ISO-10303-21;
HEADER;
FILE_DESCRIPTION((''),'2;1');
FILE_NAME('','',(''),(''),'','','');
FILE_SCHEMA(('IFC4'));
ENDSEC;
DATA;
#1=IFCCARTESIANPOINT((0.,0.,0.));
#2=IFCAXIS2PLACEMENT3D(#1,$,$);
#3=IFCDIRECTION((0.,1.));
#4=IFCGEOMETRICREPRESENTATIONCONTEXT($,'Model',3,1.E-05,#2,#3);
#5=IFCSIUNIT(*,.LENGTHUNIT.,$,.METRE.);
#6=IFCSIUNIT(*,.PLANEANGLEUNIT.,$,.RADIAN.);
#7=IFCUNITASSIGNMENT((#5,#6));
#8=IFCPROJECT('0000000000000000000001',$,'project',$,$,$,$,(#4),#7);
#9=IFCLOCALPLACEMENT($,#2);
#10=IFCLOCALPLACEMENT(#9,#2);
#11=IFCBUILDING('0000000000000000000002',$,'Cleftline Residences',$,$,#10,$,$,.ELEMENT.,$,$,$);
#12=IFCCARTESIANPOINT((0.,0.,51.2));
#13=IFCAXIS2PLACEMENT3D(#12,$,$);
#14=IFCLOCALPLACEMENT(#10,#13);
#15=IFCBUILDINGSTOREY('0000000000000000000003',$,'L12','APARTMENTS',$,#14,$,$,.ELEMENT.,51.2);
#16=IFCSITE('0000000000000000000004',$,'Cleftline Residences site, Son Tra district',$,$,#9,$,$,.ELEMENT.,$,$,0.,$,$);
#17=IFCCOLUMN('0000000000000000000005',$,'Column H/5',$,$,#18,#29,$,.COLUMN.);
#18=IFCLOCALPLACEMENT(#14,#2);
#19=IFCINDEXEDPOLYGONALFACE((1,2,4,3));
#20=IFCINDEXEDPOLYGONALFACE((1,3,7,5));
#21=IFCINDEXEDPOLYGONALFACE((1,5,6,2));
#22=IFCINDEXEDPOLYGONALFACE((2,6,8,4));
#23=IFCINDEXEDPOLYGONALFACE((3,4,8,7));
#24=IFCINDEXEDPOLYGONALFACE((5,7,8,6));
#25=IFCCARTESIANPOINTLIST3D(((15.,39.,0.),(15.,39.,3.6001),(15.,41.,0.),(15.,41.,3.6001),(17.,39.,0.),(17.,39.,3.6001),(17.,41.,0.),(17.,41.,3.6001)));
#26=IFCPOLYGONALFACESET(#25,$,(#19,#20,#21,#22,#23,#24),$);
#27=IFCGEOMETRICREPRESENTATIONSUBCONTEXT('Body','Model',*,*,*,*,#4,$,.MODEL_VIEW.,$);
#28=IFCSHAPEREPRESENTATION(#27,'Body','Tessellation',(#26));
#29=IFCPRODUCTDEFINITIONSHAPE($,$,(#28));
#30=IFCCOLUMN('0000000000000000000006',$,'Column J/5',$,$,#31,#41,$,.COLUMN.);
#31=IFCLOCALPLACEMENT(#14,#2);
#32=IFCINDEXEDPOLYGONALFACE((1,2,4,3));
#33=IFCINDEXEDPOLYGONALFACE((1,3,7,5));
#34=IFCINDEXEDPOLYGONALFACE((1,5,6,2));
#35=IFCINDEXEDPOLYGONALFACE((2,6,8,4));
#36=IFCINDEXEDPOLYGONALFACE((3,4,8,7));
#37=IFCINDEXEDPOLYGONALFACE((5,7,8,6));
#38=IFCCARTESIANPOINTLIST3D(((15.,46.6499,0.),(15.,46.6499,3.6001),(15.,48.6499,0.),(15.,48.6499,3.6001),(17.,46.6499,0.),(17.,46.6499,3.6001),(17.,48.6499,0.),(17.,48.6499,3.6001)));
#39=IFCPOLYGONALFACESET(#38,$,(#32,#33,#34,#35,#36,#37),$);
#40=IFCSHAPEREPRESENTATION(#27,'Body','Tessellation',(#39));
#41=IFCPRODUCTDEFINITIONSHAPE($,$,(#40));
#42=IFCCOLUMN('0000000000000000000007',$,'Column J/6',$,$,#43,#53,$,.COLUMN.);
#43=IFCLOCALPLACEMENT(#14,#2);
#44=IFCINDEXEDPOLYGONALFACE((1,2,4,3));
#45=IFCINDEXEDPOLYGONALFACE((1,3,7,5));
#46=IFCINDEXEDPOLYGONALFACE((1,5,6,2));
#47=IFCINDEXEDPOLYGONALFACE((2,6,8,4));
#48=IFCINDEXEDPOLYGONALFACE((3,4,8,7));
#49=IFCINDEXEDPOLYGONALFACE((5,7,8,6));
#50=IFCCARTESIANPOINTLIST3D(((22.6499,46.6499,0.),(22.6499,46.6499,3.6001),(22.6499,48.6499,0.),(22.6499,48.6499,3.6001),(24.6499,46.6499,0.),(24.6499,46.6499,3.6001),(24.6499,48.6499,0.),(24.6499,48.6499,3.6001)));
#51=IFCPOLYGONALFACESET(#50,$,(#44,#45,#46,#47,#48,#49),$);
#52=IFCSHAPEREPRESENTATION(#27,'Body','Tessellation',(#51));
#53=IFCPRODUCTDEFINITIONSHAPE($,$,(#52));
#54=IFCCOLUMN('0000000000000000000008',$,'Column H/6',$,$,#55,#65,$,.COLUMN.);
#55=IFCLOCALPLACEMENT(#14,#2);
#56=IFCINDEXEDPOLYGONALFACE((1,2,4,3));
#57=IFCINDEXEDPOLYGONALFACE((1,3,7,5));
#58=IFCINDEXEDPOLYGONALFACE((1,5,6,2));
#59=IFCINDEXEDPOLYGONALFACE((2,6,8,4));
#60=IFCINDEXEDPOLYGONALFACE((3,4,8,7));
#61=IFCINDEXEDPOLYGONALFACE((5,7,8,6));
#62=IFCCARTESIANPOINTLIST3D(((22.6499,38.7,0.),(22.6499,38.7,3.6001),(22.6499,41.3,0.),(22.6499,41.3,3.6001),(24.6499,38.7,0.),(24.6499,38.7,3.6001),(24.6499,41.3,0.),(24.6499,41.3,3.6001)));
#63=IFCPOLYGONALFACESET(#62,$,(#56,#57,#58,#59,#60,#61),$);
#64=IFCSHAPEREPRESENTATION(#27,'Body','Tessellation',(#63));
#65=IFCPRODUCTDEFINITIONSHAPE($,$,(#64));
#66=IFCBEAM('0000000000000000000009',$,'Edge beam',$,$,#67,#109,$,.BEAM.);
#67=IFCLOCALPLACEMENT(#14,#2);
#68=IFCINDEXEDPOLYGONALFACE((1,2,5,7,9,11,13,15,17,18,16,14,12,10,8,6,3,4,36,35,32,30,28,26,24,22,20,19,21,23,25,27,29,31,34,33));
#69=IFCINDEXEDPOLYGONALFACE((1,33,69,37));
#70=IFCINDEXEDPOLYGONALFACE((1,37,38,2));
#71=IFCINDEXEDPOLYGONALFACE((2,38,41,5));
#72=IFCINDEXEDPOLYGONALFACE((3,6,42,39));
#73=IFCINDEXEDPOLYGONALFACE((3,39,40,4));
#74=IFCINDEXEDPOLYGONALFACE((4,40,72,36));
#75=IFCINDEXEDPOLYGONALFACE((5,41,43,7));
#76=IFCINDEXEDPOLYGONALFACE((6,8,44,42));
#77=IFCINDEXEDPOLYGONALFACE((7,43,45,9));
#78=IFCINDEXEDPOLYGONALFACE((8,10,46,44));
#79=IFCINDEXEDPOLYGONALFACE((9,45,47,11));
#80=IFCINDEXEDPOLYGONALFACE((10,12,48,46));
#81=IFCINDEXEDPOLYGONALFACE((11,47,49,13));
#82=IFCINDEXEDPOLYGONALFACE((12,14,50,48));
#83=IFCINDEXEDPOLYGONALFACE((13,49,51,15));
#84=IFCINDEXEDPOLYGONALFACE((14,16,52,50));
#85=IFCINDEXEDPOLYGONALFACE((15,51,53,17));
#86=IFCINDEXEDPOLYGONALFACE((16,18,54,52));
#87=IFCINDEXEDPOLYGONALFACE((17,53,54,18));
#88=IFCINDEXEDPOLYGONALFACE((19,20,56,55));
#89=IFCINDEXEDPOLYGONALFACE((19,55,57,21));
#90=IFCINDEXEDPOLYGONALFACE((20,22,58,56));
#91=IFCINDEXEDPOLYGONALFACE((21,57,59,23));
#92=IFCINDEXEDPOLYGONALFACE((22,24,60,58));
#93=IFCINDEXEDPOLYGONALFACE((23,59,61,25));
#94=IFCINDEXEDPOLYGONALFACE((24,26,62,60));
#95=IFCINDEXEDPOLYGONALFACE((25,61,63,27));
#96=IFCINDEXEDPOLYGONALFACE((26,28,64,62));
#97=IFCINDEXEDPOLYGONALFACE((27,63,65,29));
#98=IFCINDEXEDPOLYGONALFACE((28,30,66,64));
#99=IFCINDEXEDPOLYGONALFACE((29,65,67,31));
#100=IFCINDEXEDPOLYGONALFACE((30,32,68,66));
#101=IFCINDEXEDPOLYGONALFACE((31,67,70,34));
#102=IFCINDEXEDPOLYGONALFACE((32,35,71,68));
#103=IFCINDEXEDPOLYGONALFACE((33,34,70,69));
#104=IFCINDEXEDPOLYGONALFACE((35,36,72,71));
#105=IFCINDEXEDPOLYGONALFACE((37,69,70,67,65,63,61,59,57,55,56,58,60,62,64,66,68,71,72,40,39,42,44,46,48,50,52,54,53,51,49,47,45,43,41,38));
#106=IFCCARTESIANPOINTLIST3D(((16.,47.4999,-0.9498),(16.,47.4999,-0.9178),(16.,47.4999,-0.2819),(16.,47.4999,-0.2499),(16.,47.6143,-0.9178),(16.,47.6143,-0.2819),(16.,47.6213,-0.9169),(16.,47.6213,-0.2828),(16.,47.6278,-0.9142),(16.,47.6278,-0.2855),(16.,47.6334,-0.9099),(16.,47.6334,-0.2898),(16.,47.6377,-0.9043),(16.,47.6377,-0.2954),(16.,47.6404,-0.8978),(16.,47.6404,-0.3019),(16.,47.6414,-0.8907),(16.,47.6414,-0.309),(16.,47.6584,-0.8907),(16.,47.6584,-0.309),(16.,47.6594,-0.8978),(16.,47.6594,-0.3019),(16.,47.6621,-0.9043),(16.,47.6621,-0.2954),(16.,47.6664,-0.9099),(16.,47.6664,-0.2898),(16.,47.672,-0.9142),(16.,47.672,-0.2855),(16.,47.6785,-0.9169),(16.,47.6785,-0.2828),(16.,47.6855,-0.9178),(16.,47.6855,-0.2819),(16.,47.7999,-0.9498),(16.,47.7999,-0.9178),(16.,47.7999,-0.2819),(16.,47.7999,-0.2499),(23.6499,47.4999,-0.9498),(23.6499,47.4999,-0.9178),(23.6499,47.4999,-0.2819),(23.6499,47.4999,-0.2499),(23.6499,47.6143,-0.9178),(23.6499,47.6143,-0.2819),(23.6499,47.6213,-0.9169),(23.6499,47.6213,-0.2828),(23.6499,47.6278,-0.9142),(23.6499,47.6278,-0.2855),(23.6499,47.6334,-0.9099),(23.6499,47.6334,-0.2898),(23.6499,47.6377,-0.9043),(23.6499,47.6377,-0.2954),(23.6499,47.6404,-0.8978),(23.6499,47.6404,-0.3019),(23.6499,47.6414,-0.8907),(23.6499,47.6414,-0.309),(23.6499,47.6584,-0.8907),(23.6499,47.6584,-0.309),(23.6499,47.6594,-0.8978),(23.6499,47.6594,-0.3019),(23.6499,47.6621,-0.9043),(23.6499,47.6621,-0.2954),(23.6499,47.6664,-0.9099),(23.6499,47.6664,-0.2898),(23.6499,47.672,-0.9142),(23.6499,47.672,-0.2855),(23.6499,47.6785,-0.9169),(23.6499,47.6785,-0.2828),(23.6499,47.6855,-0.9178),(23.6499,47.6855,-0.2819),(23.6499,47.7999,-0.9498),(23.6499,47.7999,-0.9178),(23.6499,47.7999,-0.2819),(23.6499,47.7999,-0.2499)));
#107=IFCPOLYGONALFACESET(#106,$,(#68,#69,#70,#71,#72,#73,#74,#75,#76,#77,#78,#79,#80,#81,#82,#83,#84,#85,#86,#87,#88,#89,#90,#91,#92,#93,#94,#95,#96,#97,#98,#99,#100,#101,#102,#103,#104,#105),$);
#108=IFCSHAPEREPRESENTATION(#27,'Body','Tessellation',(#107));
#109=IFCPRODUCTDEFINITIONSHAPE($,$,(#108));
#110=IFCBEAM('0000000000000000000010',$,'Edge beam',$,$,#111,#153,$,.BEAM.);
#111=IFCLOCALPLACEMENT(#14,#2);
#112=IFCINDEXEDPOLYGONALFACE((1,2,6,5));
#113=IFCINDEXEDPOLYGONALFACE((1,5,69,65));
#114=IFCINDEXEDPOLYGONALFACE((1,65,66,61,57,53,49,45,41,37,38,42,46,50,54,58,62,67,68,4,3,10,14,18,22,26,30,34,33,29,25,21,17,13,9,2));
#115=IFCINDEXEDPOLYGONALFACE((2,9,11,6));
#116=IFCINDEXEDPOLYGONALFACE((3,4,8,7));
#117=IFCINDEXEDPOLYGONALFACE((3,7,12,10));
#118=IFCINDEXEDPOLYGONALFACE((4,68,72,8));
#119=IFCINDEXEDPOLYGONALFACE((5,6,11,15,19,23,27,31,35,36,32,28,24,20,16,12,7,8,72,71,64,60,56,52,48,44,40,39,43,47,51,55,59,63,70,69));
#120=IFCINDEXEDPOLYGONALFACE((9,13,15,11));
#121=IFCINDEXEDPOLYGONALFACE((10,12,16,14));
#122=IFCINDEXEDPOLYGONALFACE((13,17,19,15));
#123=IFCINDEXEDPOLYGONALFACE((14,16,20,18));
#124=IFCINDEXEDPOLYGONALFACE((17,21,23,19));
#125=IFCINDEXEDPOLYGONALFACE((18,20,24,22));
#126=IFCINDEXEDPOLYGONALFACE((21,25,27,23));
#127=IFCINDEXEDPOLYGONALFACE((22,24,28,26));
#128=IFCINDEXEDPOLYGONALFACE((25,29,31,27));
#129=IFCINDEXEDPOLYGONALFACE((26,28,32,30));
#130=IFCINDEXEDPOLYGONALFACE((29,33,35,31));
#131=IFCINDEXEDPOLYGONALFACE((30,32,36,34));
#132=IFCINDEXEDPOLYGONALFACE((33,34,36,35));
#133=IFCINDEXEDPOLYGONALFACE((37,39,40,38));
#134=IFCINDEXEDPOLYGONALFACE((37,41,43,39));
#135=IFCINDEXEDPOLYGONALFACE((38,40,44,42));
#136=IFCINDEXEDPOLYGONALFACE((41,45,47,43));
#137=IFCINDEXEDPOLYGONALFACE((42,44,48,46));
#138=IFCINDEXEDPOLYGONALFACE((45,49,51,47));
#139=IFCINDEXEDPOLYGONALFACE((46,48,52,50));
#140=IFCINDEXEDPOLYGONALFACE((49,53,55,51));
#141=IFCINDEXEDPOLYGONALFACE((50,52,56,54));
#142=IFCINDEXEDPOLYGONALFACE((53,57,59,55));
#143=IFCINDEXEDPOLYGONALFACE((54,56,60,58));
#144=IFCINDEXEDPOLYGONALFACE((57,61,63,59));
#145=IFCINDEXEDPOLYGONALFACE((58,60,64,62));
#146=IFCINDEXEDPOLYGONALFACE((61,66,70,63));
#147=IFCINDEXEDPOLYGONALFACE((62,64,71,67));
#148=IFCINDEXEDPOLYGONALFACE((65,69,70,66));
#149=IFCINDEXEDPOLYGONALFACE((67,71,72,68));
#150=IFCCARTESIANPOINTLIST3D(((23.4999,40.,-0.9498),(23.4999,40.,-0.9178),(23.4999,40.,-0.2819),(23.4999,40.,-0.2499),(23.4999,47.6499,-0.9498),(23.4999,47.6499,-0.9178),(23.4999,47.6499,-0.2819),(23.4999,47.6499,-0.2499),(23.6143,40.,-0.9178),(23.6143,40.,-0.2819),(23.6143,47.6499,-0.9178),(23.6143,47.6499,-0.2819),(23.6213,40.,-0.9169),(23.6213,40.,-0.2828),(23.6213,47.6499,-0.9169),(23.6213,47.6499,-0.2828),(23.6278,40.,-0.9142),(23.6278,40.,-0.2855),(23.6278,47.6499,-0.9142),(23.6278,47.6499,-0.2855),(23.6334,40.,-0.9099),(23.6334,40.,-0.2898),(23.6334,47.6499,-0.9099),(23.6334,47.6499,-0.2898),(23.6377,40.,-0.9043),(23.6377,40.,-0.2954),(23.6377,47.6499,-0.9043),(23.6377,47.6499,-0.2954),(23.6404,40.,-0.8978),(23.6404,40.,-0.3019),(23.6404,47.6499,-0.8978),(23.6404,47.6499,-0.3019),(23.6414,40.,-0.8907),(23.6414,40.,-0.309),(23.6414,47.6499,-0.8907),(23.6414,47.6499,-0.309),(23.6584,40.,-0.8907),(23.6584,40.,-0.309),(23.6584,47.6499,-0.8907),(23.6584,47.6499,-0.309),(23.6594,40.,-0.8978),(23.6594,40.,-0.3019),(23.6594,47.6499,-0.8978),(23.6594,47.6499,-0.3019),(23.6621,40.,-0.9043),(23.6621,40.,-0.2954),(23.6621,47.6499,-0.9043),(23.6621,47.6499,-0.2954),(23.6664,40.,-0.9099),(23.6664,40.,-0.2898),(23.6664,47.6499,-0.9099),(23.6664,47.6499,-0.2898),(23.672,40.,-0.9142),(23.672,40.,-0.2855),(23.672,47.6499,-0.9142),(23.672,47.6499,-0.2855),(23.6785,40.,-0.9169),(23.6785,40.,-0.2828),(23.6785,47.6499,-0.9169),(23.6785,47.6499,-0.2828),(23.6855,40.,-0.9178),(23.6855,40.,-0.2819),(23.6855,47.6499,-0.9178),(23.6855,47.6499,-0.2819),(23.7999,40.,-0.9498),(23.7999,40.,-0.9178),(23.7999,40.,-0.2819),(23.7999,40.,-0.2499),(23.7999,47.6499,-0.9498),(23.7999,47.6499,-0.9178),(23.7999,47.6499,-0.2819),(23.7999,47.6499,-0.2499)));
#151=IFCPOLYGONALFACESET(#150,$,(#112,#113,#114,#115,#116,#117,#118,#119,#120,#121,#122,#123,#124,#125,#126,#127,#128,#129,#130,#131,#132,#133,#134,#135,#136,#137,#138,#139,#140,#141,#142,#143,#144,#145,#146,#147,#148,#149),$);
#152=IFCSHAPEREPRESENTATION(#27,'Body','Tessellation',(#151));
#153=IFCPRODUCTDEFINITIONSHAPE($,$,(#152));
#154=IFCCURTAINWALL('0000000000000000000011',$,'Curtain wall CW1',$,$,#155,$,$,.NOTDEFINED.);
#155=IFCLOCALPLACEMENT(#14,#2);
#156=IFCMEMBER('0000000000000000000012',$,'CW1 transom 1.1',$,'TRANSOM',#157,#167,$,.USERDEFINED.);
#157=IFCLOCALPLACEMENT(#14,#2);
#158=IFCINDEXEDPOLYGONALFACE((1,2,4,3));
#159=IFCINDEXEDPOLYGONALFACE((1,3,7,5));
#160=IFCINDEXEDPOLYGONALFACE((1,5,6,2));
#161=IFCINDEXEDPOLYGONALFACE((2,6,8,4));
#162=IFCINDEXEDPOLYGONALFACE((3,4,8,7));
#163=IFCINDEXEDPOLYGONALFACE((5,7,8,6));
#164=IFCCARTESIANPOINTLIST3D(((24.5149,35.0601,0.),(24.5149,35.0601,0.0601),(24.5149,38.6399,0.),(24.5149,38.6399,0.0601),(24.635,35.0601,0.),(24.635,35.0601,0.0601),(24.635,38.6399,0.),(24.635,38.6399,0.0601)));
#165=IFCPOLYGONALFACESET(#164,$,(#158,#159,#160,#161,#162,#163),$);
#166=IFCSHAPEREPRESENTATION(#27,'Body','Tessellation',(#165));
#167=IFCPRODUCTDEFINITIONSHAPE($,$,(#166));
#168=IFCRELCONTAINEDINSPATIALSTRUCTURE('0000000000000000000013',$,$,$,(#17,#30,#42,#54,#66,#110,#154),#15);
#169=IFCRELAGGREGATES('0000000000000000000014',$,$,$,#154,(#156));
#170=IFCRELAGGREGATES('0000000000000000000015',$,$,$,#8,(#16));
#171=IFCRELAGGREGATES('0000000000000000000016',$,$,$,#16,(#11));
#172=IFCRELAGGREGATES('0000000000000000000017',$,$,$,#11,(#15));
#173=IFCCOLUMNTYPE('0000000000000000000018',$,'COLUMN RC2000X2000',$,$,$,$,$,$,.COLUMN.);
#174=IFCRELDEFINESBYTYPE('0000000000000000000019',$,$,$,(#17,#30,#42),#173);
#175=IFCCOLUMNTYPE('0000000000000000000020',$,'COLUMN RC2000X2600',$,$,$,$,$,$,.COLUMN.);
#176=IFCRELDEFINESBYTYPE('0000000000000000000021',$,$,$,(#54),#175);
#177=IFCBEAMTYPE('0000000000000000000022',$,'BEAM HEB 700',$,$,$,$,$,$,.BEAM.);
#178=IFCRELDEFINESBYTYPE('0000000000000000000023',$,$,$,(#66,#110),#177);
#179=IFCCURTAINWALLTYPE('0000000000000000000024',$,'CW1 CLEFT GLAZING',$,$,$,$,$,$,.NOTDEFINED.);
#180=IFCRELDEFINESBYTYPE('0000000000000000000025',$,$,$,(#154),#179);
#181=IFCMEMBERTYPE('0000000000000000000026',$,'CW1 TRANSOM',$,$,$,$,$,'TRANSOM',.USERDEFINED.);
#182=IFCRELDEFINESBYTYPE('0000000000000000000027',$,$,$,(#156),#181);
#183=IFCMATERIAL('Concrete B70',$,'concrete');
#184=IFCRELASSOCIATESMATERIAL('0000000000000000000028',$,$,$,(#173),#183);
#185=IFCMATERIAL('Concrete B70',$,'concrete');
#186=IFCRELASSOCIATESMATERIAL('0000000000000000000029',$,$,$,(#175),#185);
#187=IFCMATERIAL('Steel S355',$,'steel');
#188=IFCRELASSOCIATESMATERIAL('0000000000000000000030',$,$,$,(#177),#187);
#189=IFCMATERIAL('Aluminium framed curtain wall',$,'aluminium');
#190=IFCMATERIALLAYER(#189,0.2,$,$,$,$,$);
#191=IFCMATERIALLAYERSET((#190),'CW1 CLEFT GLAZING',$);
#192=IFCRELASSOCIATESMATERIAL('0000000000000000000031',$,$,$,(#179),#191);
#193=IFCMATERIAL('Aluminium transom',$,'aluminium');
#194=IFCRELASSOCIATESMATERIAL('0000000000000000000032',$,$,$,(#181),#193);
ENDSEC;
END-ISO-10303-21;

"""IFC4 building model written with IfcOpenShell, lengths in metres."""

from ifc_helpers import new_model, si_unit, direction, frame, origin, origin_2d, place, context, subcontext, project, spatial, rectangle, i_section, extrude, material, layer, layer_set, material_profile, profile_set, type_object, element, aggregate, save


model = new_model("IFC4")

# Units and contexts
model_context = context("Model", 3, precision=1e-05, world=origin(), true_north=direction((0.0, 1.0)))
body_context = subcontext(model_context, "Body", "Model", "MODEL_VIEW")
ifc_project = project(units=[si_unit("LENGTHUNIT", "METRE"), si_unit("PLANEANGLEUNIT", "RADIAN")], contexts=[model_context])

# Site, building, storey
site_placement = place(None, origin())
site = spatial("IfcSite", under=ifc_project, at=site_placement, Name="Cleftline Residences site, Son Tra district", CompositionType="ELEMENT", RefElevation=0.0)
building_placement = place(site_placement, origin())
building = spatial("IfcBuilding", under=site, at=building_placement, Name="Cleftline Residences", CompositionType="ELEMENT")
storey_placement = place(building_placement, frame((0.0, 0.0, 51.2)))
storey = spatial("IfcBuildingStorey", under=building, at=storey_placement, Name="L12", Description="APARTMENTS", CompositionType="ELEMENT", Elevation=51.2)

# Columns
ifc_material_1 = material(Name="Concrete B70", Category="concrete")
ifc_material_profile_1 = material_profile(ifc_material_1, rectangle(XDim=2.0, YDim=2.0, at=origin_2d()))
ifc_profile_set_1 = profile_set([ifc_material_profile_1], Name="Concrete B70")
column_type_1 = type_object("IfcColumnType", Name="COLUMN RC2000X2000", PredefinedType="COLUMN", material=ifc_profile_set_1)
for number, where, z_axis, x_axis, name in (
    (1, (16.0, 40.0, 0.0), (0.0, 0.0, 1.0), (1.0, 0.0, 0.0), "Column H/5"),
    (2, (16.0, 47.6499, 0.0), (0.0, 0.0, 1.0), (1.0, 0.0, 0.0), "Column J/5"),
    (3, (23.6499, 47.6499, 0.0), (0.0, 0.0, 1.0), (1.0, 0.0, 0.0), "Column J/6"),
):
    element("IfcColumn", number, at=place(storey_placement, frame(where, z_axis=z_axis, x_axis=x_axis)), inside=storey, type_object=column_type_1, Name=name, PredefinedType="COLUMN", context=body_context, shape_type="SweptSolid", body=[
        extrude(rectangle(XDim=2.0, YDim=2.0, at=origin_2d()), origin(), (0.0, 0.0, 1.0), 3.6001),
    ])
ifc_material_2 = material(Name="Concrete B70", Category="concrete")
ifc_material_profile_2 = material_profile(ifc_material_2, rectangle(XDim=2.0, YDim=2.6001, at=origin_2d()))
ifc_profile_set_2 = profile_set([ifc_material_profile_2], Name="Concrete B70")
column_type_2 = type_object("IfcColumnType", Name="COLUMN RC2000X2600", PredefinedType="COLUMN", material=ifc_profile_set_2)
column_placement = place(storey_placement, frame((23.6499, 40.0, 0.0), z_axis=(0.0, 0.0, 1.0), x_axis=(1.0, 0.0, 0.0)))
element("IfcColumn", 4, at=column_placement, inside=storey, type_object=column_type_2, Name="Column H/6", PredefinedType="COLUMN", context=body_context, shape_type="SweptSolid", body=[
    extrude(rectangle(XDim=2.0, YDim=2.6001, at=origin_2d()), origin(), (0.0, 0.0, 1.0), 3.6001),
])

# Beams
ifc_material_3 = material(Name="Steel S355", Category="steel")
ifc_material_profile_3 = material_profile(ifc_material_3, i_section(OverallWidth=0.3, OverallDepth=0.7, WebThickness=0.0171, FlangeThickness=0.032, FilletRadius=0.0271, at=origin_2d()))
ifc_profile_set_3 = profile_set([ifc_material_profile_3], Name="Steel S355")
beam_type = type_object("IfcBeamType", Name="BEAM HEB 700", PredefinedType="BEAM", material=ifc_profile_set_3)
for number, where, z_axis, x_axis, name in (
    (5, (16.0, 47.6499, -0.5999), (1.0, 0.0, 0.0), (0.0, 1.0, 0.0), "Edge beam"),
    (6, (23.6499, 47.6499, -0.5999), (0.0, -1.0, 0.0), (1.0, 0.0, 0.0), "Edge beam"),
):
    element("IfcBeam", number, at=place(storey_placement, frame(where, z_axis=z_axis, x_axis=x_axis)), inside=storey, type_object=beam_type, Name=name, PredefinedType="BEAM", context=body_context, shape_type="SweptSolid", body=[
        extrude(i_section(OverallWidth=0.3, OverallDepth=0.7, WebThickness=0.0171, FlangeThickness=0.032, FilletRadius=0.0271, at=origin_2d()), origin(), (0.0, 0.0, 1.0), 7.6499),
    ])

# Curtain wall, member
ifc_material_4 = material(Name="Aluminium framed curtain wall", Category="aluminium")
ifc_layer_1 = layer(ifc_material_4, 0.2)
ifc_layer_set_1 = layer_set([ifc_layer_1], Name="CW1 CLEFT GLAZING")
curtain_wall_type = type_object("IfcCurtainWallType", Name="CW1 CLEFT GLAZING", PredefinedType="NOTDEFINED", material=ifc_layer_set_1)
curtain_wall_placement = place(storey_placement, origin())
curtain_wall = element("IfcCurtainWall", 7, at=curtain_wall_placement, inside=storey, type_object=curtain_wall_type, Name="Curtain wall CW1", PredefinedType="NOTDEFINED")
ifc_material_5 = material(Name="Aluminium transom", Category="aluminium")
ifc_material_profile_4 = material_profile(ifc_material_5, rectangle(XDim=0.1201, YDim=0.0601, at=origin_2d()))
ifc_profile_set_4 = profile_set([ifc_material_profile_4], Name="Aluminium transom")
member_type = type_object("IfcMemberType", Name="CW1 TRANSOM", ElementType="TRANSOM", PredefinedType="USERDEFINED", material=ifc_profile_set_4)
member_placement = place(storey_placement, frame((24.575, 35.0601, 0.03), z_axis=(0.0, 1.0, 0.0), x_axis=(-1.0, 0.0, 0.0)))
member = element("IfcMember", 8, at=member_placement, type_object=member_type, Name="CW1 transom 1.1", ObjectType="TRANSOM", PredefinedType="USERDEFINED", context=body_context, shape_type="SweptSolid", body=[
    extrude(rectangle(XDim=0.1201, YDim=0.0601, at=origin_2d()), origin(), (0.0, 0.0, 1.0), 3.5798),
])
aggregate(curtain_wall, [member])

save(model, "model.ifc")
